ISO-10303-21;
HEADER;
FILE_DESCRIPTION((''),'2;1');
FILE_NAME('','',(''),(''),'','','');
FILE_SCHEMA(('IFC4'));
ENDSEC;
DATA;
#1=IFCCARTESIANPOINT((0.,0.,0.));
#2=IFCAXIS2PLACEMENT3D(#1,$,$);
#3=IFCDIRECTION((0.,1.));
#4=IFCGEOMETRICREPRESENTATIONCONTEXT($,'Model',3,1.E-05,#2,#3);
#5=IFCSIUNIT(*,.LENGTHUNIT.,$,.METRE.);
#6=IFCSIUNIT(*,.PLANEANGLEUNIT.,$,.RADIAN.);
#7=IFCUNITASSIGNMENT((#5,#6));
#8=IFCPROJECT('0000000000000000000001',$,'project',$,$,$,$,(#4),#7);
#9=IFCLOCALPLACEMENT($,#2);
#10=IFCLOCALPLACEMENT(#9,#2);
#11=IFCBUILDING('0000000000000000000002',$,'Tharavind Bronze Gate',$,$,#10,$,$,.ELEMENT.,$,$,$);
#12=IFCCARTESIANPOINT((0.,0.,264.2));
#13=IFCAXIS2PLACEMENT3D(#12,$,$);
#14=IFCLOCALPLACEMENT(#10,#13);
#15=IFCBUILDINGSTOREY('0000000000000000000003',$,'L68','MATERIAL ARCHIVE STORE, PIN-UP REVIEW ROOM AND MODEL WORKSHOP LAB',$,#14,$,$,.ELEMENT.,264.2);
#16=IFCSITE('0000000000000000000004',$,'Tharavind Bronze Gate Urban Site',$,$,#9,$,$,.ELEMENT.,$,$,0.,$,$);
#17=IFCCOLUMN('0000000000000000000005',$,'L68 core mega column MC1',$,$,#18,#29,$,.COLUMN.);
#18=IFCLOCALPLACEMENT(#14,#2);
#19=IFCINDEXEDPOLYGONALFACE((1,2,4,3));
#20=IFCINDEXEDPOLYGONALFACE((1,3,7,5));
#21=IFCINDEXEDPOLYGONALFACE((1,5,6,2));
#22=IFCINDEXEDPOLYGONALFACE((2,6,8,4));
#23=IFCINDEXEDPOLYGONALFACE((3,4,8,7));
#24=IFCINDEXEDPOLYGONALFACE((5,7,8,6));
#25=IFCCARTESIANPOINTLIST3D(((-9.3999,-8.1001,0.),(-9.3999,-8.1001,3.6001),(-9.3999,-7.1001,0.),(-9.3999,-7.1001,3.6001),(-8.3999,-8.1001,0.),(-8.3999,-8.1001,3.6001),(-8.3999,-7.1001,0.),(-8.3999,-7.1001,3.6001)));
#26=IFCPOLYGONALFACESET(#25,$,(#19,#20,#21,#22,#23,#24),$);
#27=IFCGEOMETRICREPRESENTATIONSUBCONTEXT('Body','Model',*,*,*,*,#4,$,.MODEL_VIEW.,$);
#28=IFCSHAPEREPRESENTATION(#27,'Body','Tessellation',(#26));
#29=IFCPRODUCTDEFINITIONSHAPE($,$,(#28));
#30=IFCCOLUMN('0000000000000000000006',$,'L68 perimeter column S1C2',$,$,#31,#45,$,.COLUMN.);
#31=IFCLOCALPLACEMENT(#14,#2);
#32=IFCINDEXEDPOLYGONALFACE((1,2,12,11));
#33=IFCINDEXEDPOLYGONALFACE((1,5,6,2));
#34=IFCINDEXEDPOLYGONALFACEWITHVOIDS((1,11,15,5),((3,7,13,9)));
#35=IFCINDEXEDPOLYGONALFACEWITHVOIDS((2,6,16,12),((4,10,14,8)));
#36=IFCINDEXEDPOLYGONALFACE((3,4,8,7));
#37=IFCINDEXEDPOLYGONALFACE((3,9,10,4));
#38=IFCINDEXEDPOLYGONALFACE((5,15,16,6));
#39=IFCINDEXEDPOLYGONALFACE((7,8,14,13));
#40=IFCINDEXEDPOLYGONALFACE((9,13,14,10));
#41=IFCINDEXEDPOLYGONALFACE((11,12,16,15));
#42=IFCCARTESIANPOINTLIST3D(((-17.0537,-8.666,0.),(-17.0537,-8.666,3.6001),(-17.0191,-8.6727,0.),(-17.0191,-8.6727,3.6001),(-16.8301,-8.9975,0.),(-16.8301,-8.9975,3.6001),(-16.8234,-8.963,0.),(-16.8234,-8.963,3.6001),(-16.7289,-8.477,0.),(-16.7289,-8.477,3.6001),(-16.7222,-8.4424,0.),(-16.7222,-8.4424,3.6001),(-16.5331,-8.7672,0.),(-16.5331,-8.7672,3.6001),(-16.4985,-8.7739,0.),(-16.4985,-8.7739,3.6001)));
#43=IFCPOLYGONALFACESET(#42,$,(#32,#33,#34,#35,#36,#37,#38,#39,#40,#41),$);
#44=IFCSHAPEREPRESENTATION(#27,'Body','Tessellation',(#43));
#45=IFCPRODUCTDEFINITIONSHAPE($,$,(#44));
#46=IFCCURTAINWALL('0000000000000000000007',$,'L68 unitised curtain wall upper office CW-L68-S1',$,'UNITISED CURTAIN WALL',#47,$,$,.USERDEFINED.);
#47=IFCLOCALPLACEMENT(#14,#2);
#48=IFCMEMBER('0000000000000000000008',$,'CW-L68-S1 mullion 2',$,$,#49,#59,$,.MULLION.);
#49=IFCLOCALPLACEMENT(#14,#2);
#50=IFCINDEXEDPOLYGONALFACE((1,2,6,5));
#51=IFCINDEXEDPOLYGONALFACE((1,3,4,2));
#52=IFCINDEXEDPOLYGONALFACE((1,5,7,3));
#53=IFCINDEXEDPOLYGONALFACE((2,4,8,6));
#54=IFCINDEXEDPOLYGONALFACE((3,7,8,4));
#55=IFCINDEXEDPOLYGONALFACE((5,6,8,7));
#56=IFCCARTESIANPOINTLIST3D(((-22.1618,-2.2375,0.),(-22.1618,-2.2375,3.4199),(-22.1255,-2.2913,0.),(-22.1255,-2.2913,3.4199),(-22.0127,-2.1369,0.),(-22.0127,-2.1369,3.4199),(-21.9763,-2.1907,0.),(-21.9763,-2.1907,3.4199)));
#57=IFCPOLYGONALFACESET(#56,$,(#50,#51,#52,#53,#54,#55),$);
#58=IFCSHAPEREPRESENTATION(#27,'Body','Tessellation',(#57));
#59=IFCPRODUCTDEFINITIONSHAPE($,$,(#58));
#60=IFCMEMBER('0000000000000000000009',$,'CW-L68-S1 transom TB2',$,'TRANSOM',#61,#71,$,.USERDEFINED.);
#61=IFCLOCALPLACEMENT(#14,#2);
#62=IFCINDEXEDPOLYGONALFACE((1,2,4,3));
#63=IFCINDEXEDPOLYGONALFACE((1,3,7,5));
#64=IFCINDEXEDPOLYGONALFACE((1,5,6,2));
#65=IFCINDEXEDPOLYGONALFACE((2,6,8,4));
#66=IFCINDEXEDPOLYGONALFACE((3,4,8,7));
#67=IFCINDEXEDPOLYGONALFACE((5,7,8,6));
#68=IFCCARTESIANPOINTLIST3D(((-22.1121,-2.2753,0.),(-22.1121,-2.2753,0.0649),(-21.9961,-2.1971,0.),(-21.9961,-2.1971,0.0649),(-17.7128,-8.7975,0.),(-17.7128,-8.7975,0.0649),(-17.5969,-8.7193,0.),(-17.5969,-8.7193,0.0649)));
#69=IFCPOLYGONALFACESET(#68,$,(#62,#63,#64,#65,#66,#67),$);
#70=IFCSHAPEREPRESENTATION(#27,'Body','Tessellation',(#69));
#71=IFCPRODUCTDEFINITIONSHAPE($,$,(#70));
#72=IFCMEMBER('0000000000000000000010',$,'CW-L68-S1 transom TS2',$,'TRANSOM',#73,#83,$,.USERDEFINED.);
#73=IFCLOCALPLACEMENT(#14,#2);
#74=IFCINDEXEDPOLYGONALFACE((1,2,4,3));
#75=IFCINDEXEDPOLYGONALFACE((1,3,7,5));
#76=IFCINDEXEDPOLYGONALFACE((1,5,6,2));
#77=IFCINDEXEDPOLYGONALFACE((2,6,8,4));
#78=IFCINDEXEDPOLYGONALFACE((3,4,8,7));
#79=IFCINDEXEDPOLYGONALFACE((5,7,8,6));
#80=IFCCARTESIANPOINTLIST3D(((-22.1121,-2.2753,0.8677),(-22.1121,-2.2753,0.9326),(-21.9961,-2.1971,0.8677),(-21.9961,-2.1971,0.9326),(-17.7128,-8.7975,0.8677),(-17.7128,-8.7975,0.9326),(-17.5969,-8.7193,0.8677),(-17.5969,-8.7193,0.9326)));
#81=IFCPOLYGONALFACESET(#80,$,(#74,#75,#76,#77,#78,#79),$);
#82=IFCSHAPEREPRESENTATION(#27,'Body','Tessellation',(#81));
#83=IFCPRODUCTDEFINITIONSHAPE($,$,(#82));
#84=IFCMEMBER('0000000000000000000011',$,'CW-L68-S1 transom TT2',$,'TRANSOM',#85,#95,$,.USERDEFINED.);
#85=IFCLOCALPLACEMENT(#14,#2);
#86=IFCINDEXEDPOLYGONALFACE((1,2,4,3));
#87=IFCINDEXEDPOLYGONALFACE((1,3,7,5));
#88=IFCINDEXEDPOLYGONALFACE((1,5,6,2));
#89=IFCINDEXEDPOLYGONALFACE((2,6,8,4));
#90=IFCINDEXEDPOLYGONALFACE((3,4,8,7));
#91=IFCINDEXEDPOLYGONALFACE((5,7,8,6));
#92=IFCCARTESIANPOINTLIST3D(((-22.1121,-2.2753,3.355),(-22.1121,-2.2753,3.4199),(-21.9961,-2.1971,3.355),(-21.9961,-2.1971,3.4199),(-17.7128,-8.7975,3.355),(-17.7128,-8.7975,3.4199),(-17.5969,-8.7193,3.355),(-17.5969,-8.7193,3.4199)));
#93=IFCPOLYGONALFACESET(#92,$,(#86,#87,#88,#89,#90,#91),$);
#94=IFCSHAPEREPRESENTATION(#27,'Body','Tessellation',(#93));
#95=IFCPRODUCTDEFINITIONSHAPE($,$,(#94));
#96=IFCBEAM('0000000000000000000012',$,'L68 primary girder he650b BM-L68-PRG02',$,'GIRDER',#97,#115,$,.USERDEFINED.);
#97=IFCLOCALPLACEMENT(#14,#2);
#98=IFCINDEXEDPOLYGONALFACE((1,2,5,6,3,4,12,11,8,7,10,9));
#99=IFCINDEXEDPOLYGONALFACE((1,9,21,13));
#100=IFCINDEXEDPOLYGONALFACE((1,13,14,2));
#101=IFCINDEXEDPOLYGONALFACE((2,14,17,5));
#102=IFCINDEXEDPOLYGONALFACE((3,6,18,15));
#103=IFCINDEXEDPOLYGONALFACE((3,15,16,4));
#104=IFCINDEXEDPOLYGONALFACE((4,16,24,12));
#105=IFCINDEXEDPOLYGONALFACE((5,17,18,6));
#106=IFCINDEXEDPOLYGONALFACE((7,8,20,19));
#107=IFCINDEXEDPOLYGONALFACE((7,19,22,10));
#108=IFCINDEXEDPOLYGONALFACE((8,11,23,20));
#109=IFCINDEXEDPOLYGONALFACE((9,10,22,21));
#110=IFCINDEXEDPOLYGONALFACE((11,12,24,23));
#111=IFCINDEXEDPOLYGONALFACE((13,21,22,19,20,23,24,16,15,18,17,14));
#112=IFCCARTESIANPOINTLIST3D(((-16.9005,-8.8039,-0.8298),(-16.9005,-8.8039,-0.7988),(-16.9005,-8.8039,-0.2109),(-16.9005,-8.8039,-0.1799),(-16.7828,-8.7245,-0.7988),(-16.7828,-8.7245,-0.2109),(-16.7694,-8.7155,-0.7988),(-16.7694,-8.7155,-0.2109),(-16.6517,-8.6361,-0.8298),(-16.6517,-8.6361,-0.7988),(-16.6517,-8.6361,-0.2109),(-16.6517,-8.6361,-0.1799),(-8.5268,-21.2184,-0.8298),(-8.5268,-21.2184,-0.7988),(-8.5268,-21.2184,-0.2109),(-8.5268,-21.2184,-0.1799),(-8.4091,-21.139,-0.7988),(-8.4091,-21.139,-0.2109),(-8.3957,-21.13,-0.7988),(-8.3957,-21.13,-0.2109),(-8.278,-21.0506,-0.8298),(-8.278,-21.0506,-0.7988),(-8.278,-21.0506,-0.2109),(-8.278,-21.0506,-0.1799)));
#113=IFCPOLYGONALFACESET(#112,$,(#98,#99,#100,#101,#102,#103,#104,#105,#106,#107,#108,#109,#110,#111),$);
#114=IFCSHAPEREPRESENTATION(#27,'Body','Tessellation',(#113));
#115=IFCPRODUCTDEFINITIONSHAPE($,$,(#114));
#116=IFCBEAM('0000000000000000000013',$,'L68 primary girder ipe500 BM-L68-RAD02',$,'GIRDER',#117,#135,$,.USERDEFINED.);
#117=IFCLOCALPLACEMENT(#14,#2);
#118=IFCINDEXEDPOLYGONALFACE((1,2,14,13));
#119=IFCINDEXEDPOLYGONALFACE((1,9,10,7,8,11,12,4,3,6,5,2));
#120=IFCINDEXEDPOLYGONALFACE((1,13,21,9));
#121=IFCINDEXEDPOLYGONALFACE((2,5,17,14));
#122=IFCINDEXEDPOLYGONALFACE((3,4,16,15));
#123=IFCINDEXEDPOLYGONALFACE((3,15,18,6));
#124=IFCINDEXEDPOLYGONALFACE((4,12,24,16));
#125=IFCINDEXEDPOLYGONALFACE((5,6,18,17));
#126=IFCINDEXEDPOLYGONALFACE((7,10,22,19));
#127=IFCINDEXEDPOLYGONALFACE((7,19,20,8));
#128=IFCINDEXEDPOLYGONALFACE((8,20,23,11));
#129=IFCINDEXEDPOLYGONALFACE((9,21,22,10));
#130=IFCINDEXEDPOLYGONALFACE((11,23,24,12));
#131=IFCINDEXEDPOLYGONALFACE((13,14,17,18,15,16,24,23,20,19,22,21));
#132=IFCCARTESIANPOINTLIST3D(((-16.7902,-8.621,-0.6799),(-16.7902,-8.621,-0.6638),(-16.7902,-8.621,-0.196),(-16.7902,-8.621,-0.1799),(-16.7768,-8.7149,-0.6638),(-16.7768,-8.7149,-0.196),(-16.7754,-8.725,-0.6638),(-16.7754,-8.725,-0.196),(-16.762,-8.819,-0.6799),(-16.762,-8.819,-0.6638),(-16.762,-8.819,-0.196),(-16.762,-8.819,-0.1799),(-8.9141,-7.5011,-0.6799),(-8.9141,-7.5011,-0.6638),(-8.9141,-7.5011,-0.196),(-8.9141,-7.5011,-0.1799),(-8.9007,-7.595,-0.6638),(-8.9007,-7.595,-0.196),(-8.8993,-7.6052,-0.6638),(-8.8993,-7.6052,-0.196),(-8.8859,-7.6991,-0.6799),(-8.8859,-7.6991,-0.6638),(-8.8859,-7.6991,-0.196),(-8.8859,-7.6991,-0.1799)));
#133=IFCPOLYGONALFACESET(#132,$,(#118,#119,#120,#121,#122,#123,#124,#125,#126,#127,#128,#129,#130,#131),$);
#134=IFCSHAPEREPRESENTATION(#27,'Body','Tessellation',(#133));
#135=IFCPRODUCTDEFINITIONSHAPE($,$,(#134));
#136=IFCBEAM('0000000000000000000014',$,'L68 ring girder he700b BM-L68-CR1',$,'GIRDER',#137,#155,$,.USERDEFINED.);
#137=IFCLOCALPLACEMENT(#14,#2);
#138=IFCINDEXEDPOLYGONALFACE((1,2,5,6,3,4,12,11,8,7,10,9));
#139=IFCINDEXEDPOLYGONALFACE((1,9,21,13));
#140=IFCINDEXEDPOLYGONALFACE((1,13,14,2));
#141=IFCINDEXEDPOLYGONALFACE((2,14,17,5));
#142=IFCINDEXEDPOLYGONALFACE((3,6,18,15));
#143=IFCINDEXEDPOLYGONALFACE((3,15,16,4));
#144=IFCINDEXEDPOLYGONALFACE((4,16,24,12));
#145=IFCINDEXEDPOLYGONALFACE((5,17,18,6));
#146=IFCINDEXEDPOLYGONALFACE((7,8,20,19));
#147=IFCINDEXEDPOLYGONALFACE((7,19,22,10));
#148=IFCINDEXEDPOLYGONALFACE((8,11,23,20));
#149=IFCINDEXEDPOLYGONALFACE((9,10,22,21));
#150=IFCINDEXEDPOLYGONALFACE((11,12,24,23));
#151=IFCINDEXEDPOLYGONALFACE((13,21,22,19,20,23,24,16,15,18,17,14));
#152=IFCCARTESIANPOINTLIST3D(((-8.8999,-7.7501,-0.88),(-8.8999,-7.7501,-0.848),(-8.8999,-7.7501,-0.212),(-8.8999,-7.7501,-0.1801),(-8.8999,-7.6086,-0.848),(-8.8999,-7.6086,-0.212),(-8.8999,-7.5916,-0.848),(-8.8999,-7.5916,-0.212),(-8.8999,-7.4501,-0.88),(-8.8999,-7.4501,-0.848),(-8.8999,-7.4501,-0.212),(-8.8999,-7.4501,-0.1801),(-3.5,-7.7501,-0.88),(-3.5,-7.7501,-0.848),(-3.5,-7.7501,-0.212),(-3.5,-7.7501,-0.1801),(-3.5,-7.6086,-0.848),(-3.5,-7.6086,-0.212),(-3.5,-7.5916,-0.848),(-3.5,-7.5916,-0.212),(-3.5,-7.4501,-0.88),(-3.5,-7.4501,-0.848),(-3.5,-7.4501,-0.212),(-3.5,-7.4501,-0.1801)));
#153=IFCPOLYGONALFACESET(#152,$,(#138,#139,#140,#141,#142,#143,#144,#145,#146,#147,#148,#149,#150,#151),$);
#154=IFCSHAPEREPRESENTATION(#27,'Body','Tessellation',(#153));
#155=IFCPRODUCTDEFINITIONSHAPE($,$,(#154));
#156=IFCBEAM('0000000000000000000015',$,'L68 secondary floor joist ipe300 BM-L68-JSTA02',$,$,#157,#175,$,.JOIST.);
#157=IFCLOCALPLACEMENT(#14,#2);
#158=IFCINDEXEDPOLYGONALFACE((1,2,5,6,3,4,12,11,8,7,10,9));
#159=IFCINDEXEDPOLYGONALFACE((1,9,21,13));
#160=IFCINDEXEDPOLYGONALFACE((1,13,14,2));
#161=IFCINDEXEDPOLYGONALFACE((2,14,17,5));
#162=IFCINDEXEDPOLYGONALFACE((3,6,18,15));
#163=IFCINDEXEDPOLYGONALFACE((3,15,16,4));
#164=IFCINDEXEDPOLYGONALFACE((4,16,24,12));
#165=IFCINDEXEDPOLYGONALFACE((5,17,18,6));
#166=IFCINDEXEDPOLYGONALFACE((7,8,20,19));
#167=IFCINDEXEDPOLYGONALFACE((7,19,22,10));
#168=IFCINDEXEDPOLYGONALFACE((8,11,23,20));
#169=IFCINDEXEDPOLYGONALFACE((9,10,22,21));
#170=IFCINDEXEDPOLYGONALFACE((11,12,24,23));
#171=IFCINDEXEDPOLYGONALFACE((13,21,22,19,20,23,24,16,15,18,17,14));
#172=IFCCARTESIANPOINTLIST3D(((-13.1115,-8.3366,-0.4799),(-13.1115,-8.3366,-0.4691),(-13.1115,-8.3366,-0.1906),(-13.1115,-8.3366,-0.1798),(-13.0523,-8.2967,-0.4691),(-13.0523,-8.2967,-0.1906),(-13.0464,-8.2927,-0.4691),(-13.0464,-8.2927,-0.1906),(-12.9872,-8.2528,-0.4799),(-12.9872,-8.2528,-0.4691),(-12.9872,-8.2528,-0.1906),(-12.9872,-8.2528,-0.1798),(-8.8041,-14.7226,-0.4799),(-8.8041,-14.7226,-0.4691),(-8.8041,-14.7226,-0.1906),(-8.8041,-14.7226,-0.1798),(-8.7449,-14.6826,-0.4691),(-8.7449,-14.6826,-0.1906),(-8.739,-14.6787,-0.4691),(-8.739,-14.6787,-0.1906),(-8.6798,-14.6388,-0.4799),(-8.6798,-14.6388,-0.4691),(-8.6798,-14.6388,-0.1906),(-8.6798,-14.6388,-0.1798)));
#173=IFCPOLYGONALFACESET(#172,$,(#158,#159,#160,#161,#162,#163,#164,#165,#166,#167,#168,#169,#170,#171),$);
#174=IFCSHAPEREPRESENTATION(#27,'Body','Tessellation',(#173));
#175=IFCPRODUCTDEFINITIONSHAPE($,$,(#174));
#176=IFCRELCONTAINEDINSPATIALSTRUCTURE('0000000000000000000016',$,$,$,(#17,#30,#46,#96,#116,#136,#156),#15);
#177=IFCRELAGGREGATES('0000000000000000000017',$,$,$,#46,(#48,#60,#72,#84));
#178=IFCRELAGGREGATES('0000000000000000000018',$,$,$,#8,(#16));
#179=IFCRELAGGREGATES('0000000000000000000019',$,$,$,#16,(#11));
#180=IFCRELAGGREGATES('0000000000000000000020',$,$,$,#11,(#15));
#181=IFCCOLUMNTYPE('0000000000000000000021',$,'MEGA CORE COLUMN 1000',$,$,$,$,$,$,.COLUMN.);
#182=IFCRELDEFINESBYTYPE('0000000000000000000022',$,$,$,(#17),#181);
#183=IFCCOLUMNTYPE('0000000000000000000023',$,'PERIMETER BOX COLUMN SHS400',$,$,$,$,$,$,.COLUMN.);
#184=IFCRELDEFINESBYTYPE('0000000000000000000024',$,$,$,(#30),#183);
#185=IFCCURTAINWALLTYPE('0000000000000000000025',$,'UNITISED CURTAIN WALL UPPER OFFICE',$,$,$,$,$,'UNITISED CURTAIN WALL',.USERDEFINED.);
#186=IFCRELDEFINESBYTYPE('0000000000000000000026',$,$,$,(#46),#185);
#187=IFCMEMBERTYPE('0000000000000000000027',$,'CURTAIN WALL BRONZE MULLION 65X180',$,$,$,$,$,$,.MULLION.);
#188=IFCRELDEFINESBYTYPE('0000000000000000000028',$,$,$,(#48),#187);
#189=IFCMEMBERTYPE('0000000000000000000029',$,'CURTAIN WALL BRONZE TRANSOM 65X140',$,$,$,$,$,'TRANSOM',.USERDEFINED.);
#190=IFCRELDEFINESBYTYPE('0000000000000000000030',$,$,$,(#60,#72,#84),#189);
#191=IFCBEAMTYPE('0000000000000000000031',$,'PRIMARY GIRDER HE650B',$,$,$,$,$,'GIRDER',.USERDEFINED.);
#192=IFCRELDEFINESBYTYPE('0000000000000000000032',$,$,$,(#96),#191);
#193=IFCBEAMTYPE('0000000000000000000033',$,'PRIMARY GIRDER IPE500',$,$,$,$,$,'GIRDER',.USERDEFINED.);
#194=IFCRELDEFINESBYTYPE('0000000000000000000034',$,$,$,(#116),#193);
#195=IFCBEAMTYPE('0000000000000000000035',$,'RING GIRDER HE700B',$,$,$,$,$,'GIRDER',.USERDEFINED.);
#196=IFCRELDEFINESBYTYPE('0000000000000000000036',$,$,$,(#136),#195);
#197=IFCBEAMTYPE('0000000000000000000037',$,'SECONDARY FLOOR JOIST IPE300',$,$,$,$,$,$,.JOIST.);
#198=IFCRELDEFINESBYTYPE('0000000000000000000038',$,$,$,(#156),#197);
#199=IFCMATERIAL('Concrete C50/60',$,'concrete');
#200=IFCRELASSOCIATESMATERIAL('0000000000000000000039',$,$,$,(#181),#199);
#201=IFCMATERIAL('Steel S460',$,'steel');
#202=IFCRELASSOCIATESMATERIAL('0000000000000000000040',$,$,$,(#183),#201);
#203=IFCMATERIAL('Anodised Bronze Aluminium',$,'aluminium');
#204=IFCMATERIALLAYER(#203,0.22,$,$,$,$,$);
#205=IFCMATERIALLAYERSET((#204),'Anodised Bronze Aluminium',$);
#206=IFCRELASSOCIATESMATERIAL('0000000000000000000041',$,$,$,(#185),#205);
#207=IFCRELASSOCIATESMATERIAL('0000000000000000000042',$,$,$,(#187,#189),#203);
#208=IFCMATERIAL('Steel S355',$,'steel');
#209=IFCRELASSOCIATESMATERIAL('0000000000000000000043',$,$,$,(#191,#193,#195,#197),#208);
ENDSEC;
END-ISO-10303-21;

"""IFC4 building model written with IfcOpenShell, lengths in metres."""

from ifc_helpers import new_model, si_unit, direction, frame, origin, origin_2d, place, context, subcontext, project, spatial, rectangle, hollow_rectangle, i_section, extrude, material, layer, layer_set, material_profile, profile_set, type_object, element, aggregate, save


model = new_model("IFC4")

# Units and contexts
model_context = context("Model", 3, precision=1e-05, world=origin(), true_north=direction((0.0, 1.0)))
body_context = subcontext(model_context, "Body", "Model", "MODEL_VIEW")
ifc_project = project(units=[si_unit("LENGTHUNIT", "METRE"), si_unit("PLANEANGLEUNIT", "RADIAN")], contexts=[model_context])

# Site, building, storey
site_placement = place(None, origin())
site = spatial("IfcSite", under=ifc_project, at=site_placement, Name="Tharavind Bronze Gate Urban Site", CompositionType="ELEMENT", RefElevation=0.0)
building_placement = place(site_placement, origin())
building = spatial("IfcBuilding", under=site, at=building_placement, Name="Tharavind Bronze Gate", CompositionType="ELEMENT")
storey_placement = place(building_placement, frame((0.0, 0.0, 264.2)))
storey = spatial("IfcBuildingStorey", under=building, at=storey_placement, Name="L68", Description="MATERIAL ARCHIVE STORE, PIN-UP REVIEW ROOM AND MODEL WORKSHOP LAB", CompositionType="ELEMENT", Elevation=264.2)

# Columns
ifc_material_1 = material(Name="Concrete C50/60", Category="concrete")
ifc_material_profile_1 = material_profile(ifc_material_1, rectangle(XDim=1.0, YDim=1.0, at=origin_2d()), Name="RCCOL1000")
ifc_profile_set_1 = profile_set([ifc_material_profile_1], Name="Concrete C50/60")
column_type_1 = type_object("IfcColumnType", Name="MEGA CORE COLUMN 1000", PredefinedType="COLUMN", material=ifc_profile_set_1)
column_1_placement = place(storey_placement, frame((-8.8999, -7.6001, 0.0), z_axis=(0.0, 0.0, 1.0), x_axis=(1.0, 0.0, 0.0)))
element("IfcColumn", 1, at=column_1_placement, inside=storey, type_object=column_type_1, Name="L68 core mega column MC1", PredefinedType="COLUMN", context=body_context, shape_type="SweptSolid", body=[
    extrude(rectangle(XDim=1.0, YDim=1.0, at=origin_2d()), origin(), (0.0, 0.0, 1.0), 3.6001),
])
ifc_material_2 = material(Name="Steel S460", Category="steel")
ifc_material_profile_2 = material_profile(ifc_material_2, hollow_rectangle(XDim=0.3999, YDim=0.3999, WallThickness=0.0249, at=origin_2d()), Name="SHS400X25")
ifc_profile_set_2 = profile_set([ifc_material_profile_2], Name="Steel S460")
column_type_2 = type_object("IfcColumnType", Name="PERIMETER BOX COLUMN SHS400", PredefinedType="COLUMN", material=ifc_profile_set_2)
column_2_placement = place(storey_placement, frame((-16.7761, -8.72, 0.0), z_axis=(0.0, 0.0, 1.0), x_axis=(-0.559193, 0.829038, 0.0)))
element("IfcColumn", 2, at=column_2_placement, inside=storey, type_object=column_type_2, Name="L68 perimeter column S1C2", PredefinedType="COLUMN", context=body_context, shape_type="SweptSolid", body=[
    extrude(hollow_rectangle(XDim=0.3999, YDim=0.3999, WallThickness=0.0249, at=origin_2d()), origin(), (0.0, 0.0, 1.0), 3.6001),
])

# Curtain wall, members
ifc_material_3 = material(Name="Anodised Bronze Aluminium", Category="aluminium")
ifc_layer_1 = layer(ifc_material_3, 0.22)
ifc_layer_set_1 = layer_set([ifc_layer_1], Name="Anodised Bronze Aluminium")
curtain_wall_type = type_object("IfcCurtainWallType", Name="UNITISED CURTAIN WALL UPPER OFFICE", ElementType="UNITISED CURTAIN WALL", PredefinedType="USERDEFINED", material=ifc_layer_set_1)
curtain_wall_placement = place(storey_placement, origin())
curtain_wall = element("IfcCurtainWall", 3, at=curtain_wall_placement, inside=storey, type_object=curtain_wall_type, Name="L68 unitised curtain wall upper office CW-L68-S1", ObjectType="UNITISED CURTAIN WALL", PredefinedType="USERDEFINED")
member_type_1 = type_object("IfcMemberType", Name="CURTAIN WALL BRONZE MULLION 65X180", PredefinedType="MULLION", material=ifc_material_3)
member_1_placement = place(storey_placement, frame((-22.0691, -2.2141, 0.0), z_axis=(0.0, 0.0, 1.0), x_axis=(0.559191, -0.829039, 0.0)))
member_1 = element("IfcMember", 4, at=member_1_placement, type_object=member_type_1, Name="CW-L68-S1 mullion 2", PredefinedType="MULLION", context=body_context, shape_type="SweptSolid", body=[
    extrude(rectangle(XDim=0.0649, YDim=0.1799, at=origin_2d()), origin(), (0.0, 0.0, 1.0), 3.4199),
])
member_type_2 = type_object("IfcMemberType", Name="CURTAIN WALL BRONZE TRANSOM 65X140", ElementType="TRANSOM", PredefinedType="USERDEFINED", material=ifc_material_3)
member_2_placement = place(storey_placement, frame((-19.8545, -5.4973, 0.0), z_axis=(0.0, 0.0, 1.0), x_axis=(0.559191, -0.829039, 0.0)))
member_2 = element("IfcMember", 5, at=member_2_placement, type_object=member_type_2, Name="CW-L68-S1 transom TB2", ObjectType="TRANSOM", PredefinedType="USERDEFINED", context=body_context, shape_type="SweptSolid", body=[
    extrude(rectangle(XDim=7.8672, YDim=0.1399, at=origin_2d()), origin(), (0.0, 0.0, 1.0), 0.0649),
])
member_3_placement = place(storey_placement, frame((-19.8545, -5.4973, 0.8677), z_axis=(0.0, 0.0, 1.0), x_axis=(0.559191, -0.829039, 0.0)))
member_3 = element("IfcMember", 6, at=member_3_placement, type_object=member_type_2, Name="CW-L68-S1 transom TS2", ObjectType="TRANSOM", PredefinedType="USERDEFINED", context=body_context, shape_type="SweptSolid", body=[
    extrude(rectangle(XDim=7.8672, YDim=0.1399, at=origin_2d()), origin(), (0.0, 0.0, 1.0), 0.0649),
])
member_4_placement = place(storey_placement, frame((-19.8545, -5.4973, 3.355), z_axis=(0.0, 0.0, 1.0), x_axis=(0.559191, -0.829039, 0.0)))
member_4 = element("IfcMember", 7, at=member_4_placement, type_object=member_type_2, Name="CW-L68-S1 transom TT2", ObjectType="TRANSOM", PredefinedType="USERDEFINED", context=body_context, shape_type="SweptSolid", body=[
    extrude(rectangle(XDim=7.8672, YDim=0.1399, at=origin_2d()), origin(), (0.0, 0.0, 1.0), 0.0649),
])

# Beams
ifc_material_4 = material(Name="Steel S355", Category="steel")
ifc_material_profile_3 = material_profile(ifc_material_4, i_section(OverallWidth=0.3, OverallDepth=0.6499, WebThickness=0.0161, FlangeThickness=0.031, at=origin_2d()), Name="HE650B")
ifc_profile_set_3 = profile_set([ifc_material_profile_3], Name="Steel S355")
beam_type_1 = type_object("IfcBeamType", Name="PRIMARY GIRDER HE650B", ElementType="GIRDER", PredefinedType="USERDEFINED", material=ifc_profile_set_3)
beam_1_placement = place(storey_placement, frame((-16.7761, -8.72, -0.5049), z_axis=(0.559196, -0.829036, 0.0), x_axis=(0.829036, 0.559196, 0.0)))
element("IfcBeam", 8, at=beam_1_placement, inside=storey, type_object=beam_type_1, Name="L68 primary girder he650b BM-L68-PRG02", ObjectType="GIRDER", PredefinedType="USERDEFINED", context=body_context, shape_type="SweptSolid", body=[
    extrude(i_section(OverallWidth=0.3, OverallDepth=0.6499, WebThickness=0.0161, FlangeThickness=0.031, at=origin_2d()), origin(), (0.0, 0.0, 1.0), 14.9746),
])
ifc_material_profile_4 = material_profile(ifc_material_4, i_section(OverallWidth=0.2, OverallDepth=0.5, WebThickness=0.0103, FlangeThickness=0.0161, at=origin_2d()), Name="IPE500")
ifc_profile_set_4 = profile_set([ifc_material_profile_4], Name="Steel S355")
beam_type_2 = type_object("IfcBeamType", Name="PRIMARY GIRDER IPE500", ElementType="GIRDER", PredefinedType="USERDEFINED", material=ifc_profile_set_4)
beam_2_placement = place(storey_placement, frame((-16.7761, -8.72, -0.4299), z_axis=(0.990043, 0.140768, 0.0), x_axis=(-0.140768, 0.990043, 0.0)))
element("IfcBeam", 9, at=beam_2_placement, inside=storey, type_object=beam_type_2, Name="L68 primary girder ipe500 BM-L68-RAD02", ObjectType="GIRDER", PredefinedType="USERDEFINED", context=body_context, shape_type="SweptSolid", body=[
    extrude(i_section(OverallWidth=0.2, OverallDepth=0.5, WebThickness=0.0103, FlangeThickness=0.0161, at=origin_2d()), origin(), (0.0, 0.0, 1.0), 7.9553),
])
ifc_material_profile_5 = material_profile(ifc_material_4, i_section(OverallWidth=0.3, OverallDepth=0.7, WebThickness=0.0171, FlangeThickness=0.032, at=origin_2d()), Name="HE700B")
ifc_profile_set_5 = profile_set([ifc_material_profile_5], Name="Steel S355")
beam_type_3 = type_object("IfcBeamType", Name="RING GIRDER HE700B", ElementType="GIRDER", PredefinedType="USERDEFINED", material=ifc_profile_set_5)
beam_3_placement = place(storey_placement, frame((-8.8999, -7.6001, -0.53), z_axis=(1.0, 0.0, 0.0), x_axis=(0.0, 1.0, 0.0)))
element("IfcBeam", 10, at=beam_3_placement, inside=storey, type_object=beam_type_3, Name="L68 ring girder he700b BM-L68-CR1", ObjectType="GIRDER", PredefinedType="USERDEFINED", context=body_context, shape_type="SweptSolid", body=[
    extrude(i_section(OverallWidth=0.3, OverallDepth=0.7, WebThickness=0.0171, FlangeThickness=0.032, at=origin_2d()), origin(), (0.0, 0.0, 1.0), 5.3999),
])
ifc_material_profile_6 = material_profile(ifc_material_4, i_section(OverallWidth=0.1499, OverallDepth=0.3, WebThickness=0.0071, FlangeThickness=0.0107, at=origin_2d()), Name="IPE300")
ifc_profile_set_6 = profile_set([ifc_material_profile_6], Name="Steel S355")
beam_type_4 = type_object("IfcBeamType", Name="SECONDARY FLOOR JOIST IPE300", PredefinedType="JOIST", material=ifc_profile_set_6)
beam_4_placement = place(storey_placement, frame((-13.0493, -8.2947, -0.3298), z_axis=(0.55919, -0.829039, 0.0), x_axis=(0.829039, 0.55919, 0.0)))
element("IfcBeam", 11, at=beam_4_placement, inside=storey, type_object=beam_type_4, Name="L68 secondary floor joist ipe300 BM-L68-JSTA02", PredefinedType="JOIST", context=body_context, shape_type="SweptSolid", body=[
    extrude(i_section(OverallWidth=0.1499, OverallDepth=0.3, WebThickness=0.0071, FlangeThickness=0.0107, at=origin_2d()), origin(), (0.0, 0.0, 1.0), 7.7029),
])

aggregate(curtain_wall, [member_1, member_2, member_3, member_4])

save(model, "model.ifc")
